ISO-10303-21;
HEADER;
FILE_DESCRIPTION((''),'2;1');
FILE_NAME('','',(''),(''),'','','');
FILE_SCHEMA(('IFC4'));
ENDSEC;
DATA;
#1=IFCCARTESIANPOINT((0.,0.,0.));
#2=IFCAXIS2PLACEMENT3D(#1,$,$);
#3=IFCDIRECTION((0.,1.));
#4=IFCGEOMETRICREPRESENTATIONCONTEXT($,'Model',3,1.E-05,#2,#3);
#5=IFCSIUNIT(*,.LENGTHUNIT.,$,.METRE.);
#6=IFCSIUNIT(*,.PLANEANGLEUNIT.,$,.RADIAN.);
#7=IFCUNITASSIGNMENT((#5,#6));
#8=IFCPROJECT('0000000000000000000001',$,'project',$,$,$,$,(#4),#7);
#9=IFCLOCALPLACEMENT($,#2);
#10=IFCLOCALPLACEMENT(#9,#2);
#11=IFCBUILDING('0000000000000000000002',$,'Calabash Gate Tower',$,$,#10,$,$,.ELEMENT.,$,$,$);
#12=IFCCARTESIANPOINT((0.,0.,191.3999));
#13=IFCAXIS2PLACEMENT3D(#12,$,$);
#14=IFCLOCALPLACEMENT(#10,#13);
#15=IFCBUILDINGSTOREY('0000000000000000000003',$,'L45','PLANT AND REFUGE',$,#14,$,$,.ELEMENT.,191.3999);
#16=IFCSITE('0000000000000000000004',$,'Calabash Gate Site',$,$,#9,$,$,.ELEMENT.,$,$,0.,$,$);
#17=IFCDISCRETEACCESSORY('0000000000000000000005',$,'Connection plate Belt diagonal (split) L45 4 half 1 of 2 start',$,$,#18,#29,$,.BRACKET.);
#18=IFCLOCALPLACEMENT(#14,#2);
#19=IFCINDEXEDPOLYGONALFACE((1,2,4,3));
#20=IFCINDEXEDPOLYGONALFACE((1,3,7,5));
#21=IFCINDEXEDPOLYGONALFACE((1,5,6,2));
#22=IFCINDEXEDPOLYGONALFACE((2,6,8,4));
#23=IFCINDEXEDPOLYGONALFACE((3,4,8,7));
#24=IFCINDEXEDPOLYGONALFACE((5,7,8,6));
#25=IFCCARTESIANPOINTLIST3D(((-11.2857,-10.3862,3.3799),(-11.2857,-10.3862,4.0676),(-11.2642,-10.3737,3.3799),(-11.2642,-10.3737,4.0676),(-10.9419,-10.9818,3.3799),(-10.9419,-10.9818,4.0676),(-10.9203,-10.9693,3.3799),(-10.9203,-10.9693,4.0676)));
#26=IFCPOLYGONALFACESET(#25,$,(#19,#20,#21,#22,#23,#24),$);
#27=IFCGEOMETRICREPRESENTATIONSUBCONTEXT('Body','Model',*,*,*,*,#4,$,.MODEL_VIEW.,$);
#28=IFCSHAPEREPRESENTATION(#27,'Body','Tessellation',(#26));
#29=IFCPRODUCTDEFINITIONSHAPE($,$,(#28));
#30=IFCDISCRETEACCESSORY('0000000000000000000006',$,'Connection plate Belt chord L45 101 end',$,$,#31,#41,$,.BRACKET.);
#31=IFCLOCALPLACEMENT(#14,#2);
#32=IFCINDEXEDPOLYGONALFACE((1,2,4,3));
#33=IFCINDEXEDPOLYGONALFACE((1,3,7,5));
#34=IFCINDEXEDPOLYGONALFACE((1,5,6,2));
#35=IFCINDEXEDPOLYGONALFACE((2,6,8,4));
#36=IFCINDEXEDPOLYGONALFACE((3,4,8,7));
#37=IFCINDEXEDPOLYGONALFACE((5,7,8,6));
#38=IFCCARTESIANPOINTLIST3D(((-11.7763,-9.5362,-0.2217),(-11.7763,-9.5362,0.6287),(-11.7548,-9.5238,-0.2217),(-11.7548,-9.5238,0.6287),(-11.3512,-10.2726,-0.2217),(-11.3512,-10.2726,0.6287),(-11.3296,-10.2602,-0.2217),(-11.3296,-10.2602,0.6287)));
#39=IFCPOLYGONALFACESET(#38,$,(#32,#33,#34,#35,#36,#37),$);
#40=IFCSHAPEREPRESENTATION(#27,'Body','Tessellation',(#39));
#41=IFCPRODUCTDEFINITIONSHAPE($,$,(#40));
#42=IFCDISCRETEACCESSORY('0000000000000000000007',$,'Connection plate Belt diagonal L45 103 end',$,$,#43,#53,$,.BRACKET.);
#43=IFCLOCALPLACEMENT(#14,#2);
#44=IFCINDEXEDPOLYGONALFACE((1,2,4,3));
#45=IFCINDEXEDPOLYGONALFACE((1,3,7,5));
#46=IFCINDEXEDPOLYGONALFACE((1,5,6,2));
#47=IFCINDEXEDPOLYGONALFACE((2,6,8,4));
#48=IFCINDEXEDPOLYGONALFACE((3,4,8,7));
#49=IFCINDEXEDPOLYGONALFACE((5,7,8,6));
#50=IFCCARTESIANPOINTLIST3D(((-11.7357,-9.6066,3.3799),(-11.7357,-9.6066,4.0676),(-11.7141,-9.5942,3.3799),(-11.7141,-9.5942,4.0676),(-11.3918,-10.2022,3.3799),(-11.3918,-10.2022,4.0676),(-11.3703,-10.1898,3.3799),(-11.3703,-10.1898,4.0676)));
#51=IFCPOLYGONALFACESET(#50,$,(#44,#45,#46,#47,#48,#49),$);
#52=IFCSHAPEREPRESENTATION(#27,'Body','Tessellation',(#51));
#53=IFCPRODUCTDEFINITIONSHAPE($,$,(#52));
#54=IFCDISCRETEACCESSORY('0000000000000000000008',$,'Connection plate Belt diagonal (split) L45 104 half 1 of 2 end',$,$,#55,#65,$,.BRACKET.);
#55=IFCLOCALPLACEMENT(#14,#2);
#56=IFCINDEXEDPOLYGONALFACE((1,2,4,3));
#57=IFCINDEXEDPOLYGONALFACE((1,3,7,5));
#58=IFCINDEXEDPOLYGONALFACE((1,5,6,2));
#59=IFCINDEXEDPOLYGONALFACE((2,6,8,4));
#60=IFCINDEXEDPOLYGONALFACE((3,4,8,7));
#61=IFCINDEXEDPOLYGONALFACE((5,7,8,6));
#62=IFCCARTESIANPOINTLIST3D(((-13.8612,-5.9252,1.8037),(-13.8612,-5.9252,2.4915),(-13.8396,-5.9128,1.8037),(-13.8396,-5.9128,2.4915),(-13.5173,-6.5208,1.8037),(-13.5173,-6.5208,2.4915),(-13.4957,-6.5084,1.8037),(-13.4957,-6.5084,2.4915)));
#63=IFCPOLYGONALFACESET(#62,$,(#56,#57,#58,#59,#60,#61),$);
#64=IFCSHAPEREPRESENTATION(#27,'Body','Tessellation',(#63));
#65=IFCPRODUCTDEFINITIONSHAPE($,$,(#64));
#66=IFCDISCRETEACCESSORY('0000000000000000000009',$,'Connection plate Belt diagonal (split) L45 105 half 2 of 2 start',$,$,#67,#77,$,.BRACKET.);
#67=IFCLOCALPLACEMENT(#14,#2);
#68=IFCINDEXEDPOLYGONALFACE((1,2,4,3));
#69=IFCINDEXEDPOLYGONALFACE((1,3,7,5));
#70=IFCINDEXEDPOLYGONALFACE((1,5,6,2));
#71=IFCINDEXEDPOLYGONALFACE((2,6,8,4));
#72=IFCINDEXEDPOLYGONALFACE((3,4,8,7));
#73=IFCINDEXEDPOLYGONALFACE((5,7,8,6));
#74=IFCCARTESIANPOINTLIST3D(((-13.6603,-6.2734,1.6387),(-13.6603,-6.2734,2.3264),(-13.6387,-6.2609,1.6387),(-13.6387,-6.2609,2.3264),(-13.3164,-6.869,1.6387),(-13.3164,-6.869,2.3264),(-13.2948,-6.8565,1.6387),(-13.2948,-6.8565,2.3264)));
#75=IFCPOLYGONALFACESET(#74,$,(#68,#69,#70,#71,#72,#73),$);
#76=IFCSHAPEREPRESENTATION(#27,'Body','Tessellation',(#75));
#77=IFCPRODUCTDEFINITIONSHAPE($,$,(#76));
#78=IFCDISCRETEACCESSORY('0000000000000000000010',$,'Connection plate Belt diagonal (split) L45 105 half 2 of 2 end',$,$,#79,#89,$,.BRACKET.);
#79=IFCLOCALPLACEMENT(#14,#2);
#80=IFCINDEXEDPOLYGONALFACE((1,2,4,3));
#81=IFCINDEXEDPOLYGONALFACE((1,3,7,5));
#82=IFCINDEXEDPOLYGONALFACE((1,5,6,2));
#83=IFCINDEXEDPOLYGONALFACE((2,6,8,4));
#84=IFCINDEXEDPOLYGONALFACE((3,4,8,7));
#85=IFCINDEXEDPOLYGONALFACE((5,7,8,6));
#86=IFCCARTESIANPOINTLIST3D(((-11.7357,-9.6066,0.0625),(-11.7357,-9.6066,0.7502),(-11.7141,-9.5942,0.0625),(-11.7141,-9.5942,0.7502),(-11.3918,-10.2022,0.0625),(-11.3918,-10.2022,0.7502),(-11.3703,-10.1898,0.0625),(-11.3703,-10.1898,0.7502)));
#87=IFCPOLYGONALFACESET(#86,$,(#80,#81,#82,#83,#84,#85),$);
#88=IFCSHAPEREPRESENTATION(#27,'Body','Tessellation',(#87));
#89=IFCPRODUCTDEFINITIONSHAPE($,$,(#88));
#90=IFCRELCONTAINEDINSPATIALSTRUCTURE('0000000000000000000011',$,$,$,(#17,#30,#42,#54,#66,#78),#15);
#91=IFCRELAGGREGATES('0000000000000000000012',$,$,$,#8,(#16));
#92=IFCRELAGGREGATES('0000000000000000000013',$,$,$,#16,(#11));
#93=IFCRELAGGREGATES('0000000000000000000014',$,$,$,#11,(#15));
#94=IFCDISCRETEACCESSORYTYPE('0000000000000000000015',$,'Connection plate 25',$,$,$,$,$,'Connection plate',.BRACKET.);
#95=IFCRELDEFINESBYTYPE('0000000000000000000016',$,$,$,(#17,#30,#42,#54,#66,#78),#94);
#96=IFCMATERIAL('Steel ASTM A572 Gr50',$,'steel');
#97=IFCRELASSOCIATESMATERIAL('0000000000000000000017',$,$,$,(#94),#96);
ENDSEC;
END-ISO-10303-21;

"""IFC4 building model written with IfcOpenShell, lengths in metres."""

from ifc_helpers import new_model, si_unit, direction, frame, origin, origin_2d, place, context, subcontext, project, spatial, rectangle, extrude, material, type_object, element, save


model = new_model("IFC4")

# Units and contexts
model_context = context("Model", 3, precision=1e-05, world=origin(), true_north=direction((0.0, 1.0)))
body_context = subcontext(model_context, "Body", "Model", "MODEL_VIEW")
ifc_project = project(units=[si_unit("LENGTHUNIT", "METRE"), si_unit("PLANEANGLEUNIT", "RADIAN")], contexts=[model_context])

# Site, building, storey
site_placement = place(None, origin())
site = spatial("IfcSite", under=ifc_project, at=site_placement, Name="Calabash Gate Site", CompositionType="ELEMENT", RefElevation=0.0)
building_placement = place(site_placement, origin())
building = spatial("IfcBuilding", under=site, at=building_placement, Name="Calabash Gate Tower", CompositionType="ELEMENT")
storey_placement = place(building_placement, frame((0.0, 0.0, 191.3999)))
storey = spatial("IfcBuildingStorey", under=building, at=storey_placement, Name="L45", Description="PLANT AND REFUGE", CompositionType="ELEMENT", Elevation=191.3999)

# Discrete accessories
ifc_material_1 = material(Name="Steel ASTM A572 Gr50", Category="steel")
discrete_accessory_type = type_object("IfcDiscreteAccessoryType", Name="Connection plate 25", ElementType="Connection plate", PredefinedType="BRACKET", material=ifc_material_1)
for number, where, z_axis, x_axis, name in (
    (1, (-11.103, -10.6777, 3.3799), (0.0, 0.0, 1.0), (0.5, -0.866025, 0.0), "Connection plate Belt diagonal (split) L45 4 half 1 of 2 start"),
):
    element("IfcDiscreteAccessory", number, at=place(storey_placement, frame(where, z_axis=z_axis, x_axis=x_axis)), inside=storey, type_object=discrete_accessory_type, Name=name, PredefinedType="BRACKET", context=body_context, shape_type="SweptSolid", body=[
        extrude(rectangle(XDim=0.6877, YDim=0.0249, at=origin_2d()), origin(), (0.0, 0.0, 1.0), 0.6877),
    ])
discrete_accessory_placement = place(storey_placement, frame((-11.553, -9.8982, -0.2217), z_axis=(0.0, 0.0, 1.0), x_axis=(0.5, -0.866025, 0.0)))
element("IfcDiscreteAccessory", 2, at=discrete_accessory_placement, inside=storey, type_object=discrete_accessory_type, Name="Connection plate Belt chord L45 101 end", PredefinedType="BRACKET", context=body_context, shape_type="SweptSolid", body=[
    extrude(rectangle(XDim=0.8503, YDim=0.0249, at=origin_2d()), origin(), (0.0, 0.0, 1.0), 0.8503),
])
for number, where, z_axis, x_axis, name in (
    (3, (-11.553, -9.8982, 3.3799), (0.0, 0.0, 1.0), (0.5, -0.866025, 0.0), "Connection plate Belt diagonal L45 103 end"),
    (4, (-13.6785, -6.2168, 1.8037), (0.0, 0.0, 1.0), (0.5, -0.866025, 0.0), "Connection plate Belt diagonal (split) L45 104 half 1 of 2 end"),
    (5, (-13.4775, -6.5649, 1.6387), (0.0, 0.0, 1.0), (0.5, -0.866025, 0.0), "Connection plate Belt diagonal (split) L45 105 half 2 of 2 start"),
    (6, (-11.553, -9.8982, 0.0625), (0.0, 0.0, 1.0), (0.5, -0.866025, 0.0), "Connection plate Belt diagonal (split) L45 105 half 2 of 2 end"),
):
    element("IfcDiscreteAccessory", number, at=place(storey_placement, frame(where, z_axis=z_axis, x_axis=x_axis)), inside=storey, type_object=discrete_accessory_type, Name=name, PredefinedType="BRACKET", context=body_context, shape_type="SweptSolid", body=[
        extrude(rectangle(XDim=0.6877, YDim=0.0249, at=origin_2d()), origin(), (0.0, 0.0, 1.0), 0.6877),
    ])

save(model, "model.ifc")
